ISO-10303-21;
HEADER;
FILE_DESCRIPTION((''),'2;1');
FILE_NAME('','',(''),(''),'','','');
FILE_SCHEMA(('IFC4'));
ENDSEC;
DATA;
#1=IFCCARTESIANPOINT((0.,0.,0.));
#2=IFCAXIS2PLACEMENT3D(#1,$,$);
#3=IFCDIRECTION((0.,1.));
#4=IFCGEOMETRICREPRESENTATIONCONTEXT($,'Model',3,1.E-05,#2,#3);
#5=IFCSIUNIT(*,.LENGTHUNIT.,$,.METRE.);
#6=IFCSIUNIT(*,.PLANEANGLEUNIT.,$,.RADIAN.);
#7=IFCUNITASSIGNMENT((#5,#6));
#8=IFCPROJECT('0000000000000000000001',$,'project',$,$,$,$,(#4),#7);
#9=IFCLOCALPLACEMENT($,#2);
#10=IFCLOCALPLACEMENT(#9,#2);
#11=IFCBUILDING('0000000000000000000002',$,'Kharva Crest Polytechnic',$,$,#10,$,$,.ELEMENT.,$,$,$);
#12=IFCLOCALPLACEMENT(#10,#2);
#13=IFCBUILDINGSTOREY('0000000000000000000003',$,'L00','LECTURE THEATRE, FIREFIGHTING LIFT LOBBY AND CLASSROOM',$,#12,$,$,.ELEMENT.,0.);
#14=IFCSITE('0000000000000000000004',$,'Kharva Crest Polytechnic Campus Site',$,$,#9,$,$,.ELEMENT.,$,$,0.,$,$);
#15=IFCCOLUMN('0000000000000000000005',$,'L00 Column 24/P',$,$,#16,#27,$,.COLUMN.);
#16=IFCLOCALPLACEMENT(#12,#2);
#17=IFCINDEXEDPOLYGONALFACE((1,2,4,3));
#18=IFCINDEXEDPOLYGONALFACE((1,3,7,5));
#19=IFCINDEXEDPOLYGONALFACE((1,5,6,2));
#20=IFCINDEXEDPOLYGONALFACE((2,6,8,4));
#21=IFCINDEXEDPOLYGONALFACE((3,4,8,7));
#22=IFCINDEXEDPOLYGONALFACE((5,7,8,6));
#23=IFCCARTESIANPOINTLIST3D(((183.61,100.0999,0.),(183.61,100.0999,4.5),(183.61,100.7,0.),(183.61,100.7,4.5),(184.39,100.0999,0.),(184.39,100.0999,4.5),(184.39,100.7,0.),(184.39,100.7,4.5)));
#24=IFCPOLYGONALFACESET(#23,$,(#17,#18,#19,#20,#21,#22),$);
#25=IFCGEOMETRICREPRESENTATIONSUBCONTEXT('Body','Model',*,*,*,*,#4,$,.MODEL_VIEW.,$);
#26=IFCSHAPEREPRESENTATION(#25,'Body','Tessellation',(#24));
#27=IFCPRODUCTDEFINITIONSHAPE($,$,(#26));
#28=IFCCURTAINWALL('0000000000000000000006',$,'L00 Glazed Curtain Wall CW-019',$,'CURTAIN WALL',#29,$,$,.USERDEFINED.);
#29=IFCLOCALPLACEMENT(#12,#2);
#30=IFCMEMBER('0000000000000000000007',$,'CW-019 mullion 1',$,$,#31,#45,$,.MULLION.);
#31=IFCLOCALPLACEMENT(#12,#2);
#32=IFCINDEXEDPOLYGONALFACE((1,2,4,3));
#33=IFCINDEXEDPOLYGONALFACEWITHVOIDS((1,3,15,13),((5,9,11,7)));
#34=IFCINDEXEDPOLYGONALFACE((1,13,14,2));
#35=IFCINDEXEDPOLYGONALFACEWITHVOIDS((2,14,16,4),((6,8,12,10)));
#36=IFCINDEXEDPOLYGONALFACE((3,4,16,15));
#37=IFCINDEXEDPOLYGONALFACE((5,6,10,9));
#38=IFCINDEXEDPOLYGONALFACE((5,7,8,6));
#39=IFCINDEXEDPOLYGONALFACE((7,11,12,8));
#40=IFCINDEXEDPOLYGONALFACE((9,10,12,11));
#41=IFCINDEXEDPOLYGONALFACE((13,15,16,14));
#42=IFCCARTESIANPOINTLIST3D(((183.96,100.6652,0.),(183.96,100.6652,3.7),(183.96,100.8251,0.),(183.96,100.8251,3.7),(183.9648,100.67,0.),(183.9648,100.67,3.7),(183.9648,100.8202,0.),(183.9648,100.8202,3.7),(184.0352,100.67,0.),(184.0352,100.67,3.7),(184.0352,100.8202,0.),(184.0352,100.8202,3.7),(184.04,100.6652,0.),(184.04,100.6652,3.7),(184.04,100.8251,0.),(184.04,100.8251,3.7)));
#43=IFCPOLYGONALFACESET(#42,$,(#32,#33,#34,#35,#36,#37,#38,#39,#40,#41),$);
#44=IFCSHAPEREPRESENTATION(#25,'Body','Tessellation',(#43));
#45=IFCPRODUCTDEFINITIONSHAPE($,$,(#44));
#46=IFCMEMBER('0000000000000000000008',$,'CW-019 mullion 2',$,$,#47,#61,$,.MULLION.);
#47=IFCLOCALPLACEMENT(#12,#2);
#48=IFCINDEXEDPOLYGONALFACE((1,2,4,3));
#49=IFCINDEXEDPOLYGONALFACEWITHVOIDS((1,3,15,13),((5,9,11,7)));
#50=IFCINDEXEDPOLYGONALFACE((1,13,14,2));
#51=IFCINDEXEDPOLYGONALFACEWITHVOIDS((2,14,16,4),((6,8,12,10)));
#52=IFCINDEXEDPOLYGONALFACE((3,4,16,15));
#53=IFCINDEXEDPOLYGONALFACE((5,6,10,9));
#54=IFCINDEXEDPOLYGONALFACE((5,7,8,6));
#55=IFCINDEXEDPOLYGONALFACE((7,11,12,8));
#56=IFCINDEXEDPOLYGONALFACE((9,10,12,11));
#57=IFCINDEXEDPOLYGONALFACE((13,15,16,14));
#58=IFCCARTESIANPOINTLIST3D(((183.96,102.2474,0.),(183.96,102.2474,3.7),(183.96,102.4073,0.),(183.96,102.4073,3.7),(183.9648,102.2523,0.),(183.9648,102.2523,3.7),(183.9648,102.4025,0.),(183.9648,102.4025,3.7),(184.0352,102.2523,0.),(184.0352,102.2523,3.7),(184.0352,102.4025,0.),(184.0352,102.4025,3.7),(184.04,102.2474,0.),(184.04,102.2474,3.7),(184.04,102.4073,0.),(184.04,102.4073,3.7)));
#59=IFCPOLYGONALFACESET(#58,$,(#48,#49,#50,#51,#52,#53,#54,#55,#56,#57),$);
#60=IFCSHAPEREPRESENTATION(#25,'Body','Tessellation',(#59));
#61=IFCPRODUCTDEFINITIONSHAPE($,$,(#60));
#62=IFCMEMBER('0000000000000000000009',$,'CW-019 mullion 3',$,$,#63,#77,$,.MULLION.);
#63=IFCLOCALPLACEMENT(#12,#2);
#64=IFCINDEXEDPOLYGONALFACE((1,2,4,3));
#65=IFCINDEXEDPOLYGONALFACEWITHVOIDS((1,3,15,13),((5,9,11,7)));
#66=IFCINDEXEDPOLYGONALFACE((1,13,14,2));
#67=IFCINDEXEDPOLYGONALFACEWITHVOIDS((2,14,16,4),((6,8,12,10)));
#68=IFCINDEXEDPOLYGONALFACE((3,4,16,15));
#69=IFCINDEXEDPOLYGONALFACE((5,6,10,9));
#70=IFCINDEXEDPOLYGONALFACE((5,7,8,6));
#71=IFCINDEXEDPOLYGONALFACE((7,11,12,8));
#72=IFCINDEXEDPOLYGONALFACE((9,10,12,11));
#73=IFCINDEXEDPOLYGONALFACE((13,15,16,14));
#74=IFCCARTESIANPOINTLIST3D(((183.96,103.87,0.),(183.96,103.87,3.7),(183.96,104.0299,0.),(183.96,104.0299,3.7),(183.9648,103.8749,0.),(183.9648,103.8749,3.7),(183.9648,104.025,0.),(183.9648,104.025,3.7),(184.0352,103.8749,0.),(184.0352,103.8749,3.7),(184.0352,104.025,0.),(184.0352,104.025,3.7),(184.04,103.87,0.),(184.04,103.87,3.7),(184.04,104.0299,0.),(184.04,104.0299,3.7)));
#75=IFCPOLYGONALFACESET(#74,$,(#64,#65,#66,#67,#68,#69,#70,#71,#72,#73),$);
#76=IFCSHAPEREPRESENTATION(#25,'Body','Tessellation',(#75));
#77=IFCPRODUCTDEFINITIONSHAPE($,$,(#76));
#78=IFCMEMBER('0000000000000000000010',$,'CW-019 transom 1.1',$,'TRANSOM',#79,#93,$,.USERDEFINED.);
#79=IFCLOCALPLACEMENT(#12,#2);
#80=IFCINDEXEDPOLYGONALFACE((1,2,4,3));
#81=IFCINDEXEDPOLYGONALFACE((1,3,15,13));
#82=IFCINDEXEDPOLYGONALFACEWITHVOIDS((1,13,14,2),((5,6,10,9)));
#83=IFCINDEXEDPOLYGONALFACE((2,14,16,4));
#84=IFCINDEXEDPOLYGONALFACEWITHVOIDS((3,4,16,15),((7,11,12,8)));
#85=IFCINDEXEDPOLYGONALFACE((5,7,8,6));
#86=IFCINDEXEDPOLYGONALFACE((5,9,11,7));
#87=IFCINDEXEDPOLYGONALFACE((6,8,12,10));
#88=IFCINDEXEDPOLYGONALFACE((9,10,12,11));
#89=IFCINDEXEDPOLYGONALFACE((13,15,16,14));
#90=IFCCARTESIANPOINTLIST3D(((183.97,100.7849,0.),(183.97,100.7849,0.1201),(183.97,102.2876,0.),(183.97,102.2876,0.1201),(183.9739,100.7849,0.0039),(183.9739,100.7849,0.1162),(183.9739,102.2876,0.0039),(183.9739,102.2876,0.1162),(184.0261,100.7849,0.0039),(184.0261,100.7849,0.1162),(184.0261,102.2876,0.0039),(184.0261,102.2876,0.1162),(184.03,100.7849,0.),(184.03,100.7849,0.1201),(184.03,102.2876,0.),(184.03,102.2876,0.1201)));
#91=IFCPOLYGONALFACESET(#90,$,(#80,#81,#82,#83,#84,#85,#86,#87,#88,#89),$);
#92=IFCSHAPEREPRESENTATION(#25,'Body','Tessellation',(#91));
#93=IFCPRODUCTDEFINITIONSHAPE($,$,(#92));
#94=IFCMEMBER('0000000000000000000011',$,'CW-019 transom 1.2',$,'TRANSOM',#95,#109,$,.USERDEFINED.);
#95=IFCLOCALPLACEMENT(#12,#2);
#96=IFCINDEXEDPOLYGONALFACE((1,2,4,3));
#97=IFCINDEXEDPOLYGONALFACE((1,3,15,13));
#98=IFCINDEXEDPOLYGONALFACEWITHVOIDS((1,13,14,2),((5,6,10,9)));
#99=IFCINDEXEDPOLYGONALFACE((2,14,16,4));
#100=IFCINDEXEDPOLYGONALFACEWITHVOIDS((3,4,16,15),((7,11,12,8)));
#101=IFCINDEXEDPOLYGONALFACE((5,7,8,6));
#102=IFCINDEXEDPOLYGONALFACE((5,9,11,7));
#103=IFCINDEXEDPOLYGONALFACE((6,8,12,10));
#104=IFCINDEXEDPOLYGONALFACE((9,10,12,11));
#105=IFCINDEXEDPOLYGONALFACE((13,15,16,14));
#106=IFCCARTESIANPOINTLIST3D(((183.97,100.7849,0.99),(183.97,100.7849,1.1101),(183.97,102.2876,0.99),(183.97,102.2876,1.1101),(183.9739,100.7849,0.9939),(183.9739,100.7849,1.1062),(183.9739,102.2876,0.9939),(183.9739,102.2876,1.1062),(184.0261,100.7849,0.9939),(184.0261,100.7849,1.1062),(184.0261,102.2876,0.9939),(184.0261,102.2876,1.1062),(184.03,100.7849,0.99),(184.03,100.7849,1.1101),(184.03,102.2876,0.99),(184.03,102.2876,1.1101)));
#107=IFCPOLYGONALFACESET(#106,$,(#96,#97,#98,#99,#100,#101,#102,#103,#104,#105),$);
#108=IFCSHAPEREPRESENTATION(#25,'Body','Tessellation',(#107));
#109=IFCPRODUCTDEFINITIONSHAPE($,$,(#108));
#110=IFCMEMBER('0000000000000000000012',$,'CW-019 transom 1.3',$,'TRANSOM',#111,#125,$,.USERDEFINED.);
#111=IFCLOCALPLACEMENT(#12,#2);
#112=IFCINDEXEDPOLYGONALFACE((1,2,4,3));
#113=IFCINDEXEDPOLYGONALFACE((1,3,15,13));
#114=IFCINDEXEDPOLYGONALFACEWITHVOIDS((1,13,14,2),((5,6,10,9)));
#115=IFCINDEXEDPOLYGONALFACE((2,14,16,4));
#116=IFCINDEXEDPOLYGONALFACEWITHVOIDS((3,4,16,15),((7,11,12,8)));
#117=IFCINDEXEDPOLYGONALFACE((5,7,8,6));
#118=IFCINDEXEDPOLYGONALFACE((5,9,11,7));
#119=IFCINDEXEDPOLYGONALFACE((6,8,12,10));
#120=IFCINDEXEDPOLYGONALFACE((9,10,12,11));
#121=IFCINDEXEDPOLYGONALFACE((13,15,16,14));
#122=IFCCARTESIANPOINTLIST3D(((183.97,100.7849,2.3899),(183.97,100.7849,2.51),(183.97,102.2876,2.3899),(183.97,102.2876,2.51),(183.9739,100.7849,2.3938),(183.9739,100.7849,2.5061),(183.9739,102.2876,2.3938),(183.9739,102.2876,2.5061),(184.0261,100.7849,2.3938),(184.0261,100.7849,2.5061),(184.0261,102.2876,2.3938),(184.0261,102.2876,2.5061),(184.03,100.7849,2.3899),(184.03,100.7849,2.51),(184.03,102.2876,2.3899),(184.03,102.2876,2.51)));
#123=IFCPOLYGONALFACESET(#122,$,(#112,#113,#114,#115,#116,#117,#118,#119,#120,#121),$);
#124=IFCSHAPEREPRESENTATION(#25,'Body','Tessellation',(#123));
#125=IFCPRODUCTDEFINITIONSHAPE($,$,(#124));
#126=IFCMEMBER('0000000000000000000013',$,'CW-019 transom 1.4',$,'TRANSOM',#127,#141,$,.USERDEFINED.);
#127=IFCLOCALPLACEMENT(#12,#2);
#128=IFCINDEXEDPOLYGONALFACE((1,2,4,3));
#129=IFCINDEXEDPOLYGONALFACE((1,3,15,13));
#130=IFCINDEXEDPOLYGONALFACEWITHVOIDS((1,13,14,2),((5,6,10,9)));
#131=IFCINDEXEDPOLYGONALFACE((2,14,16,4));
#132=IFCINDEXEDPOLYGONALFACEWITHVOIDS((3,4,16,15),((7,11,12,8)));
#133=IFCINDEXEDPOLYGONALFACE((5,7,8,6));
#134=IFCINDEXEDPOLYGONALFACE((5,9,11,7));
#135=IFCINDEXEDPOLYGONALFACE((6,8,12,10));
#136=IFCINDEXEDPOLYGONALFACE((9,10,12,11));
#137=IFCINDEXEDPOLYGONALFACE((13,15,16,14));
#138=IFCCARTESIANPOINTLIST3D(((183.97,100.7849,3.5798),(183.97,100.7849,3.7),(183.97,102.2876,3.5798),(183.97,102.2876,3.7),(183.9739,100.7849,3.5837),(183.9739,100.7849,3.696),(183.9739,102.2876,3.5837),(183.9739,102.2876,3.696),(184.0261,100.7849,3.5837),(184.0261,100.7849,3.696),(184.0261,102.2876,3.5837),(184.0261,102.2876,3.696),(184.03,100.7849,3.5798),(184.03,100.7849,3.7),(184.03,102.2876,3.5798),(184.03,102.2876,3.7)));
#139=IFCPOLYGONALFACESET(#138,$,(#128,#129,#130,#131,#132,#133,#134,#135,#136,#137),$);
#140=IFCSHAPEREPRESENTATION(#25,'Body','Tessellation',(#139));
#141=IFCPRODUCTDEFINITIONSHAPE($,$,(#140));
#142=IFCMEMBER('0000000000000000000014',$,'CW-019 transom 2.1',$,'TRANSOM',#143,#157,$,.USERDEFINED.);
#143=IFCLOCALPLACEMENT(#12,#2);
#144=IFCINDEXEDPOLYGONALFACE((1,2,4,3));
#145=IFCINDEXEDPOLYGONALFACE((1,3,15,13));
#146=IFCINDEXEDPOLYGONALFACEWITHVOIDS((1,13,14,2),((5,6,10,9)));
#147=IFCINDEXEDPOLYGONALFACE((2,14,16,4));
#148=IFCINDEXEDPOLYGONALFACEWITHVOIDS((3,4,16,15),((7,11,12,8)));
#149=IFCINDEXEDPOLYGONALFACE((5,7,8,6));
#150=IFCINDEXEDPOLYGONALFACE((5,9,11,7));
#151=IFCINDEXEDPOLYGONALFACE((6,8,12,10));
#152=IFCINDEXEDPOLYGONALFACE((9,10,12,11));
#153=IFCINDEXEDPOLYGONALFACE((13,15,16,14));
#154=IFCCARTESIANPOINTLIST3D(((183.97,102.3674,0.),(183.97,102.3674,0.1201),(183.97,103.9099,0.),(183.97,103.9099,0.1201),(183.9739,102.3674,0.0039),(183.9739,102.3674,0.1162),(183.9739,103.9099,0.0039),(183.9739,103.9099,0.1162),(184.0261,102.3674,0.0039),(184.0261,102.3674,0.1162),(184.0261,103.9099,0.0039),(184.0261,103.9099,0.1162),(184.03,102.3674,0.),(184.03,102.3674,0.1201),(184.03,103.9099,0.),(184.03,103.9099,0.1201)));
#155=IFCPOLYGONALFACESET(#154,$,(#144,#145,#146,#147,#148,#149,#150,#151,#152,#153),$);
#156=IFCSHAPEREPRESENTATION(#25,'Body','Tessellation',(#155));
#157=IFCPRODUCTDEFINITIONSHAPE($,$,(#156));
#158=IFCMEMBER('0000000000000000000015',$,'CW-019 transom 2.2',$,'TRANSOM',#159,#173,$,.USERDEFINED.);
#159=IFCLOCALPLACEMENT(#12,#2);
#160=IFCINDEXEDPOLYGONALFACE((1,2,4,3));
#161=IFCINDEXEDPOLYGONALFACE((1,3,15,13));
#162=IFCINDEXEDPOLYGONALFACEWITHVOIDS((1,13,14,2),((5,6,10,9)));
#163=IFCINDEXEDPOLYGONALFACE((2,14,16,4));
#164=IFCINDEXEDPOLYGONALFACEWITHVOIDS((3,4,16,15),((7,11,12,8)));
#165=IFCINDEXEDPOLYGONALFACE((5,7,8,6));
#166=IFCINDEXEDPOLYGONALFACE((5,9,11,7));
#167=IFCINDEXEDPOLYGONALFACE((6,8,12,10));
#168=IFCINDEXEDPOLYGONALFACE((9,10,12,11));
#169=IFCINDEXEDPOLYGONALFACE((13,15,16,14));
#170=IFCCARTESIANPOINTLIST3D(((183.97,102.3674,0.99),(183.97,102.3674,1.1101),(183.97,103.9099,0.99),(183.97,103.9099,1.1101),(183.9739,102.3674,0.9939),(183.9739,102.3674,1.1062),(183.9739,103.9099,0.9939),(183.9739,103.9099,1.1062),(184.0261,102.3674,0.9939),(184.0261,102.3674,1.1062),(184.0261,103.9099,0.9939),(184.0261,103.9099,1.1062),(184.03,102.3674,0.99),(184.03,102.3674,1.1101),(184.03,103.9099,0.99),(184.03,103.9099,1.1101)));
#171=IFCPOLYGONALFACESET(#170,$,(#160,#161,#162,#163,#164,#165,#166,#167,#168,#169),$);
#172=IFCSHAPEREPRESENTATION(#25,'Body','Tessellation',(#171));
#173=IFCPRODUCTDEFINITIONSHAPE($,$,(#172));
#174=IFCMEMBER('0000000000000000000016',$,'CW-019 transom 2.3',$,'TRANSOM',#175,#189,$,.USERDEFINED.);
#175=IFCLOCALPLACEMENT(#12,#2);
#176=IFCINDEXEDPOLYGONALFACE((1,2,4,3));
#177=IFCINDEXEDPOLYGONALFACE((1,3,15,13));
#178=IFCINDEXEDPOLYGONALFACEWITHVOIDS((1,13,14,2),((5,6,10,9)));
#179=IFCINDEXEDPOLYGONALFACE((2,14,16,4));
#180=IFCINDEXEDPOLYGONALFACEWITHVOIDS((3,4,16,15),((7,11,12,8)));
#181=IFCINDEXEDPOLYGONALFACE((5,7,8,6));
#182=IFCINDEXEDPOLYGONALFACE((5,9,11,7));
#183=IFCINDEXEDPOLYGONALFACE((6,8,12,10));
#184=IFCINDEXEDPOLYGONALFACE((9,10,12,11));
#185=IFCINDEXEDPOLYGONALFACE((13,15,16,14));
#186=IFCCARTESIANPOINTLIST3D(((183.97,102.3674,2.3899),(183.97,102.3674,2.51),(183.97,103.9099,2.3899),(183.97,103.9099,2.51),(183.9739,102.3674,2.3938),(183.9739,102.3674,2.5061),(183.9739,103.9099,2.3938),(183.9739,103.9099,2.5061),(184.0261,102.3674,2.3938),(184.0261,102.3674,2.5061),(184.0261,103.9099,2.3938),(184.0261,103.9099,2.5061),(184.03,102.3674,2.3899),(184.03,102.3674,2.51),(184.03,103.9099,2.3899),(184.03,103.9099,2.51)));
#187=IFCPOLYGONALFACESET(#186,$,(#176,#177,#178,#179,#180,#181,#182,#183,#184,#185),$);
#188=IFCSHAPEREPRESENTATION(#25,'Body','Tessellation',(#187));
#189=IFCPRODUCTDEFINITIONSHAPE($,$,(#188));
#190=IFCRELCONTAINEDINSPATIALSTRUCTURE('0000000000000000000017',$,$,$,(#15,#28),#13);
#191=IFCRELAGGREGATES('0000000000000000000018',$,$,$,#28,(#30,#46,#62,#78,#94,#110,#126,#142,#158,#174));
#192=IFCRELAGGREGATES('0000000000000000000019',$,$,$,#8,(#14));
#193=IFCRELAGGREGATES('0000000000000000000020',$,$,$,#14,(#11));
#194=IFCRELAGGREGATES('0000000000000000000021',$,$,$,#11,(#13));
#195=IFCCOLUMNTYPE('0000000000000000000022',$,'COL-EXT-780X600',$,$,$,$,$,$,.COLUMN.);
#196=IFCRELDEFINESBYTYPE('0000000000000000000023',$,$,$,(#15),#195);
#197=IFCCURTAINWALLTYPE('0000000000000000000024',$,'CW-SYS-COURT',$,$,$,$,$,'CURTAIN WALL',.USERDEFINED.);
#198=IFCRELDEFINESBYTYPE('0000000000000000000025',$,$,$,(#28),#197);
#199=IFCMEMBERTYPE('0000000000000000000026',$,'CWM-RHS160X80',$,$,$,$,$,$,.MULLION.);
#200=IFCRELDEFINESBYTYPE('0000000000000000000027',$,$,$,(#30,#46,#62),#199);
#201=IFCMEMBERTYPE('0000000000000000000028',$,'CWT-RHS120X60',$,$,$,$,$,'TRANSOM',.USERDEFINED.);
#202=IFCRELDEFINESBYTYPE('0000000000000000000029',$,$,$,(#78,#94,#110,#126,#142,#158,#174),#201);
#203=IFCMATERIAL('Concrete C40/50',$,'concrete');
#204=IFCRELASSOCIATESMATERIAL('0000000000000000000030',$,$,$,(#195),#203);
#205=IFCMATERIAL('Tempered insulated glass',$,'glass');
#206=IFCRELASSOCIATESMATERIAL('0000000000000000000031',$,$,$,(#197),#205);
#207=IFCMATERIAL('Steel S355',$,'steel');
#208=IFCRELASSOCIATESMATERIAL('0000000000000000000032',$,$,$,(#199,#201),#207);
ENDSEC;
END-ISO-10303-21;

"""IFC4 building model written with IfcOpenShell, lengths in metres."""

from ifc_helpers import new_model, si_unit, direction, frame, origin, origin_2d, place, context, subcontext, project, spatial, rectangle, hollow_rectangle, extrude, material, material_profile, profile_set, type_object, element, aggregate, save


model = new_model("IFC4")

# Units and contexts
model_context = context("Model", 3, precision=1e-05, world=origin(), true_north=direction((0.0, 1.0)))
body_context = subcontext(model_context, "Body", "Model", "MODEL_VIEW")
ifc_project = project(units=[si_unit("LENGTHUNIT", "METRE"), si_unit("PLANEANGLEUNIT", "RADIAN")], contexts=[model_context])

# Site, building, storey
site_placement = place(None, origin())
site = spatial("IfcSite", under=ifc_project, at=site_placement, Name="Kharva Crest Polytechnic Campus Site", CompositionType="ELEMENT", RefElevation=0.0)
building_placement = place(site_placement, origin())
building = spatial("IfcBuilding", under=site, at=building_placement, Name="Kharva Crest Polytechnic", CompositionType="ELEMENT")
storey_placement = place(building_placement, origin())
storey = spatial("IfcBuildingStorey", under=building, at=storey_placement, Name="L00", Description="LECTURE THEATRE, FIREFIGHTING LIFT LOBBY AND CLASSROOM", CompositionType="ELEMENT", Elevation=0.0)

# Column
ifc_material_1 = material(Name="Concrete C40/50", Category="concrete")
ifc_material_profile_1 = material_profile(ifc_material_1, rectangle(XDim=0.78, YDim=0.6001, at=origin_2d()), Name="RECT 780 X 600")
ifc_profile_set_1 = profile_set([ifc_material_profile_1], Name="Concrete C40/50")
column_type = type_object("IfcColumnType", Name="COL-EXT-780X600", PredefinedType="COLUMN", material=ifc_profile_set_1)
column_placement = place(storey_placement, frame((184.0, 100.3999, 0.0), z_axis=(0.0, 0.0, 1.0), x_axis=(1.0, 0.0, 0.0)))
element("IfcColumn", 1, at=column_placement, inside=storey, type_object=column_type, Name="L00 Column 24/P", PredefinedType="COLUMN", context=body_context, shape_type="SweptSolid", body=[
    extrude(rectangle(XDim=0.78, YDim=0.6001, at=origin_2d()), origin(), (0.0, 0.0, 1.0), 4.5),
])

# Curtain wall, members
ifc_material_2 = material(Name="Tempered insulated glass", Category="glass")
curtain_wall_type = type_object("IfcCurtainWallType", Name="CW-SYS-COURT", ElementType="CURTAIN WALL", PredefinedType="USERDEFINED", material=ifc_material_2)
curtain_wall_placement = place(storey_placement, origin())
curtain_wall = element("IfcCurtainWall", 2, at=curtain_wall_placement, inside=storey, type_object=curtain_wall_type, Name="L00 Glazed Curtain Wall CW-019", ObjectType="CURTAIN WALL", PredefinedType="USERDEFINED")
ifc_material_3 = material(Name="Steel S355", Category="steel")
ifc_material_profile_2 = material_profile(ifc_material_3, hollow_rectangle(XDim=0.0801, YDim=0.1599, WallThickness=0.0049, at=origin_2d()), Name="RHS 160X80X5.0")
ifc_profile_set_2 = profile_set([ifc_material_profile_2], Name="Steel S355")
member_type_1 = type_object("IfcMemberType", Name="CWM-RHS160X80", PredefinedType="MULLION", material=ifc_profile_set_2)
member_1_placement = place(storey_placement, frame((184.0, 100.7451, 0.0), z_axis=(0.0, 0.0, 1.0), x_axis=(-1.0, 0.0, 0.0)))
member_1 = element("IfcMember", 3, at=member_1_placement, type_object=member_type_1, Name="CW-019 mullion 1", PredefinedType="MULLION", context=body_context, shape_type="SweptSolid", body=[
    extrude(hollow_rectangle(XDim=0.0801, YDim=0.1599, WallThickness=0.0049, at=origin_2d()), origin(), (0.0, 0.0, 1.0), 3.7),
])
member_2_placement = place(storey_placement, frame((184.0, 102.3274, 0.0), z_axis=(0.0, 0.0, 1.0), x_axis=(-1.0, 0.0, 0.0)))
member_2 = element("IfcMember", 4, at=member_2_placement, type_object=member_type_1, Name="CW-019 mullion 2", PredefinedType="MULLION", context=body_context, shape_type="SweptSolid", body=[
    extrude(hollow_rectangle(XDim=0.0801, YDim=0.1599, WallThickness=0.0049, at=origin_2d()), origin(), (0.0, 0.0, 1.0), 3.7),
])
member_3_placement = place(storey_placement, frame((184.0, 103.95, 0.0), z_axis=(0.0, 0.0, 1.0), x_axis=(-1.0, 0.0, 0.0)))
member_3 = element("IfcMember", 5, at=member_3_placement, type_object=member_type_1, Name="CW-019 mullion 3", PredefinedType="MULLION", context=body_context, shape_type="SweptSolid", body=[
    extrude(hollow_rectangle(XDim=0.0801, YDim=0.1599, WallThickness=0.0049, at=origin_2d()), origin(), (0.0, 0.0, 1.0), 3.7),
])
ifc_material_profile_3 = material_profile(ifc_material_3, hollow_rectangle(XDim=0.0601, YDim=0.1201, WallThickness=0.0039, at=origin_2d()), Name="RHS 120X60X4.0")
ifc_profile_set_3 = profile_set([ifc_material_profile_3], Name="Steel S355")
member_type_2 = type_object("IfcMemberType", Name="CWT-RHS120X60", ElementType="TRANSOM", PredefinedType="USERDEFINED", material=ifc_profile_set_3)
member_4_placement = place(storey_placement, frame((184.0, 100.7849, 0.0601), z_axis=(0.0, 1.0, 0.0), x_axis=(-1.0, 0.0, 0.0)))
member_4 = element("IfcMember", 6, at=member_4_placement, type_object=member_type_2, Name="CW-019 transom 1.1", ObjectType="TRANSOM", PredefinedType="USERDEFINED", context=body_context, shape_type="SweptSolid", body=[
    extrude(hollow_rectangle(XDim=0.0601, YDim=0.1201, WallThickness=0.0039, at=origin_2d()), origin(), (0.0, 0.0, 1.0), 1.5027),
])
member_5_placement = place(storey_placement, frame((184.0, 100.7849, 1.05), z_axis=(0.0, 1.0, 0.0), x_axis=(-1.0, 0.0, 0.0)))
member_5 = element("IfcMember", 7, at=member_5_placement, type_object=member_type_2, Name="CW-019 transom 1.2", ObjectType="TRANSOM", PredefinedType="USERDEFINED", context=body_context, shape_type="SweptSolid", body=[
    extrude(hollow_rectangle(XDim=0.0601, YDim=0.1201, WallThickness=0.0039, at=origin_2d()), origin(), (0.0, 0.0, 1.0), 1.5027),
])
member_6_placement = place(storey_placement, frame((184.0, 100.7849, 2.45), z_axis=(0.0, 1.0, 0.0), x_axis=(-1.0, 0.0, 0.0)))
member_6 = element("IfcMember", 8, at=member_6_placement, type_object=member_type_2, Name="CW-019 transom 1.3", ObjectType="TRANSOM", PredefinedType="USERDEFINED", context=body_context, shape_type="SweptSolid", body=[
    extrude(hollow_rectangle(XDim=0.0601, YDim=0.1201, WallThickness=0.0039, at=origin_2d()), origin(), (0.0, 0.0, 1.0), 1.5027),
])
member_7_placement = place(storey_placement, frame((184.0, 100.7849, 3.6399), z_axis=(0.0, 1.0, 0.0), x_axis=(-1.0, 0.0, 0.0)))
member_7 = element("IfcMember", 9, at=member_7_placement, type_object=member_type_2, Name="CW-019 transom 1.4", ObjectType="TRANSOM", PredefinedType="USERDEFINED", context=body_context, shape_type="SweptSolid", body=[
    extrude(hollow_rectangle(XDim=0.0601, YDim=0.1201, WallThickness=0.0039, at=origin_2d()), origin(), (0.0, 0.0, 1.0), 1.5027),
])
member_8_placement = place(storey_placement, frame((184.0, 102.3674, 0.0601), z_axis=(0.0, 1.0, 0.0), x_axis=(-1.0, 0.0, 0.0)))
member_8 = element("IfcMember", 10, at=member_8_placement, type_object=member_type_2, Name="CW-019 transom 2.1", ObjectType="TRANSOM", PredefinedType="USERDEFINED", context=body_context, shape_type="SweptSolid", body=[
    extrude(hollow_rectangle(XDim=0.0601, YDim=0.1201, WallThickness=0.0039, at=origin_2d()), origin(), (0.0, 0.0, 1.0), 1.5425),
])
member_9_placement = place(storey_placement, frame((184.0, 102.3674, 1.05), z_axis=(0.0, 1.0, 0.0), x_axis=(-1.0, 0.0, 0.0)))
member_9 = element("IfcMember", 11, at=member_9_placement, type_object=member_type_2, Name="CW-019 transom 2.2", ObjectType="TRANSOM", PredefinedType="USERDEFINED", context=body_context, shape_type="SweptSolid", body=[
    extrude(hollow_rectangle(XDim=0.0601, YDim=0.1201, WallThickness=0.0039, at=origin_2d()), origin(), (0.0, 0.0, 1.0), 1.5425),
])
member_10_placement = place(storey_placement, frame((184.0, 102.3674, 2.45), z_axis=(0.0, 1.0, 0.0), x_axis=(-1.0, 0.0, 0.0)))
member_10 = element("IfcMember", 12, at=member_10_placement, type_object=member_type_2, Name="CW-019 transom 2.3", ObjectType="TRANSOM", PredefinedType="USERDEFINED", context=body_context, shape_type="SweptSolid", body=[
    extrude(hollow_rectangle(XDim=0.0601, YDim=0.1201, WallThickness=0.0039, at=origin_2d()), origin(), (0.0, 0.0, 1.0), 1.5425),
])

aggregate(curtain_wall, [member_1, member_2, member_3, member_4, member_5, member_6, member_7, member_8, member_9, member_10])

save(model, "model.ifc")
